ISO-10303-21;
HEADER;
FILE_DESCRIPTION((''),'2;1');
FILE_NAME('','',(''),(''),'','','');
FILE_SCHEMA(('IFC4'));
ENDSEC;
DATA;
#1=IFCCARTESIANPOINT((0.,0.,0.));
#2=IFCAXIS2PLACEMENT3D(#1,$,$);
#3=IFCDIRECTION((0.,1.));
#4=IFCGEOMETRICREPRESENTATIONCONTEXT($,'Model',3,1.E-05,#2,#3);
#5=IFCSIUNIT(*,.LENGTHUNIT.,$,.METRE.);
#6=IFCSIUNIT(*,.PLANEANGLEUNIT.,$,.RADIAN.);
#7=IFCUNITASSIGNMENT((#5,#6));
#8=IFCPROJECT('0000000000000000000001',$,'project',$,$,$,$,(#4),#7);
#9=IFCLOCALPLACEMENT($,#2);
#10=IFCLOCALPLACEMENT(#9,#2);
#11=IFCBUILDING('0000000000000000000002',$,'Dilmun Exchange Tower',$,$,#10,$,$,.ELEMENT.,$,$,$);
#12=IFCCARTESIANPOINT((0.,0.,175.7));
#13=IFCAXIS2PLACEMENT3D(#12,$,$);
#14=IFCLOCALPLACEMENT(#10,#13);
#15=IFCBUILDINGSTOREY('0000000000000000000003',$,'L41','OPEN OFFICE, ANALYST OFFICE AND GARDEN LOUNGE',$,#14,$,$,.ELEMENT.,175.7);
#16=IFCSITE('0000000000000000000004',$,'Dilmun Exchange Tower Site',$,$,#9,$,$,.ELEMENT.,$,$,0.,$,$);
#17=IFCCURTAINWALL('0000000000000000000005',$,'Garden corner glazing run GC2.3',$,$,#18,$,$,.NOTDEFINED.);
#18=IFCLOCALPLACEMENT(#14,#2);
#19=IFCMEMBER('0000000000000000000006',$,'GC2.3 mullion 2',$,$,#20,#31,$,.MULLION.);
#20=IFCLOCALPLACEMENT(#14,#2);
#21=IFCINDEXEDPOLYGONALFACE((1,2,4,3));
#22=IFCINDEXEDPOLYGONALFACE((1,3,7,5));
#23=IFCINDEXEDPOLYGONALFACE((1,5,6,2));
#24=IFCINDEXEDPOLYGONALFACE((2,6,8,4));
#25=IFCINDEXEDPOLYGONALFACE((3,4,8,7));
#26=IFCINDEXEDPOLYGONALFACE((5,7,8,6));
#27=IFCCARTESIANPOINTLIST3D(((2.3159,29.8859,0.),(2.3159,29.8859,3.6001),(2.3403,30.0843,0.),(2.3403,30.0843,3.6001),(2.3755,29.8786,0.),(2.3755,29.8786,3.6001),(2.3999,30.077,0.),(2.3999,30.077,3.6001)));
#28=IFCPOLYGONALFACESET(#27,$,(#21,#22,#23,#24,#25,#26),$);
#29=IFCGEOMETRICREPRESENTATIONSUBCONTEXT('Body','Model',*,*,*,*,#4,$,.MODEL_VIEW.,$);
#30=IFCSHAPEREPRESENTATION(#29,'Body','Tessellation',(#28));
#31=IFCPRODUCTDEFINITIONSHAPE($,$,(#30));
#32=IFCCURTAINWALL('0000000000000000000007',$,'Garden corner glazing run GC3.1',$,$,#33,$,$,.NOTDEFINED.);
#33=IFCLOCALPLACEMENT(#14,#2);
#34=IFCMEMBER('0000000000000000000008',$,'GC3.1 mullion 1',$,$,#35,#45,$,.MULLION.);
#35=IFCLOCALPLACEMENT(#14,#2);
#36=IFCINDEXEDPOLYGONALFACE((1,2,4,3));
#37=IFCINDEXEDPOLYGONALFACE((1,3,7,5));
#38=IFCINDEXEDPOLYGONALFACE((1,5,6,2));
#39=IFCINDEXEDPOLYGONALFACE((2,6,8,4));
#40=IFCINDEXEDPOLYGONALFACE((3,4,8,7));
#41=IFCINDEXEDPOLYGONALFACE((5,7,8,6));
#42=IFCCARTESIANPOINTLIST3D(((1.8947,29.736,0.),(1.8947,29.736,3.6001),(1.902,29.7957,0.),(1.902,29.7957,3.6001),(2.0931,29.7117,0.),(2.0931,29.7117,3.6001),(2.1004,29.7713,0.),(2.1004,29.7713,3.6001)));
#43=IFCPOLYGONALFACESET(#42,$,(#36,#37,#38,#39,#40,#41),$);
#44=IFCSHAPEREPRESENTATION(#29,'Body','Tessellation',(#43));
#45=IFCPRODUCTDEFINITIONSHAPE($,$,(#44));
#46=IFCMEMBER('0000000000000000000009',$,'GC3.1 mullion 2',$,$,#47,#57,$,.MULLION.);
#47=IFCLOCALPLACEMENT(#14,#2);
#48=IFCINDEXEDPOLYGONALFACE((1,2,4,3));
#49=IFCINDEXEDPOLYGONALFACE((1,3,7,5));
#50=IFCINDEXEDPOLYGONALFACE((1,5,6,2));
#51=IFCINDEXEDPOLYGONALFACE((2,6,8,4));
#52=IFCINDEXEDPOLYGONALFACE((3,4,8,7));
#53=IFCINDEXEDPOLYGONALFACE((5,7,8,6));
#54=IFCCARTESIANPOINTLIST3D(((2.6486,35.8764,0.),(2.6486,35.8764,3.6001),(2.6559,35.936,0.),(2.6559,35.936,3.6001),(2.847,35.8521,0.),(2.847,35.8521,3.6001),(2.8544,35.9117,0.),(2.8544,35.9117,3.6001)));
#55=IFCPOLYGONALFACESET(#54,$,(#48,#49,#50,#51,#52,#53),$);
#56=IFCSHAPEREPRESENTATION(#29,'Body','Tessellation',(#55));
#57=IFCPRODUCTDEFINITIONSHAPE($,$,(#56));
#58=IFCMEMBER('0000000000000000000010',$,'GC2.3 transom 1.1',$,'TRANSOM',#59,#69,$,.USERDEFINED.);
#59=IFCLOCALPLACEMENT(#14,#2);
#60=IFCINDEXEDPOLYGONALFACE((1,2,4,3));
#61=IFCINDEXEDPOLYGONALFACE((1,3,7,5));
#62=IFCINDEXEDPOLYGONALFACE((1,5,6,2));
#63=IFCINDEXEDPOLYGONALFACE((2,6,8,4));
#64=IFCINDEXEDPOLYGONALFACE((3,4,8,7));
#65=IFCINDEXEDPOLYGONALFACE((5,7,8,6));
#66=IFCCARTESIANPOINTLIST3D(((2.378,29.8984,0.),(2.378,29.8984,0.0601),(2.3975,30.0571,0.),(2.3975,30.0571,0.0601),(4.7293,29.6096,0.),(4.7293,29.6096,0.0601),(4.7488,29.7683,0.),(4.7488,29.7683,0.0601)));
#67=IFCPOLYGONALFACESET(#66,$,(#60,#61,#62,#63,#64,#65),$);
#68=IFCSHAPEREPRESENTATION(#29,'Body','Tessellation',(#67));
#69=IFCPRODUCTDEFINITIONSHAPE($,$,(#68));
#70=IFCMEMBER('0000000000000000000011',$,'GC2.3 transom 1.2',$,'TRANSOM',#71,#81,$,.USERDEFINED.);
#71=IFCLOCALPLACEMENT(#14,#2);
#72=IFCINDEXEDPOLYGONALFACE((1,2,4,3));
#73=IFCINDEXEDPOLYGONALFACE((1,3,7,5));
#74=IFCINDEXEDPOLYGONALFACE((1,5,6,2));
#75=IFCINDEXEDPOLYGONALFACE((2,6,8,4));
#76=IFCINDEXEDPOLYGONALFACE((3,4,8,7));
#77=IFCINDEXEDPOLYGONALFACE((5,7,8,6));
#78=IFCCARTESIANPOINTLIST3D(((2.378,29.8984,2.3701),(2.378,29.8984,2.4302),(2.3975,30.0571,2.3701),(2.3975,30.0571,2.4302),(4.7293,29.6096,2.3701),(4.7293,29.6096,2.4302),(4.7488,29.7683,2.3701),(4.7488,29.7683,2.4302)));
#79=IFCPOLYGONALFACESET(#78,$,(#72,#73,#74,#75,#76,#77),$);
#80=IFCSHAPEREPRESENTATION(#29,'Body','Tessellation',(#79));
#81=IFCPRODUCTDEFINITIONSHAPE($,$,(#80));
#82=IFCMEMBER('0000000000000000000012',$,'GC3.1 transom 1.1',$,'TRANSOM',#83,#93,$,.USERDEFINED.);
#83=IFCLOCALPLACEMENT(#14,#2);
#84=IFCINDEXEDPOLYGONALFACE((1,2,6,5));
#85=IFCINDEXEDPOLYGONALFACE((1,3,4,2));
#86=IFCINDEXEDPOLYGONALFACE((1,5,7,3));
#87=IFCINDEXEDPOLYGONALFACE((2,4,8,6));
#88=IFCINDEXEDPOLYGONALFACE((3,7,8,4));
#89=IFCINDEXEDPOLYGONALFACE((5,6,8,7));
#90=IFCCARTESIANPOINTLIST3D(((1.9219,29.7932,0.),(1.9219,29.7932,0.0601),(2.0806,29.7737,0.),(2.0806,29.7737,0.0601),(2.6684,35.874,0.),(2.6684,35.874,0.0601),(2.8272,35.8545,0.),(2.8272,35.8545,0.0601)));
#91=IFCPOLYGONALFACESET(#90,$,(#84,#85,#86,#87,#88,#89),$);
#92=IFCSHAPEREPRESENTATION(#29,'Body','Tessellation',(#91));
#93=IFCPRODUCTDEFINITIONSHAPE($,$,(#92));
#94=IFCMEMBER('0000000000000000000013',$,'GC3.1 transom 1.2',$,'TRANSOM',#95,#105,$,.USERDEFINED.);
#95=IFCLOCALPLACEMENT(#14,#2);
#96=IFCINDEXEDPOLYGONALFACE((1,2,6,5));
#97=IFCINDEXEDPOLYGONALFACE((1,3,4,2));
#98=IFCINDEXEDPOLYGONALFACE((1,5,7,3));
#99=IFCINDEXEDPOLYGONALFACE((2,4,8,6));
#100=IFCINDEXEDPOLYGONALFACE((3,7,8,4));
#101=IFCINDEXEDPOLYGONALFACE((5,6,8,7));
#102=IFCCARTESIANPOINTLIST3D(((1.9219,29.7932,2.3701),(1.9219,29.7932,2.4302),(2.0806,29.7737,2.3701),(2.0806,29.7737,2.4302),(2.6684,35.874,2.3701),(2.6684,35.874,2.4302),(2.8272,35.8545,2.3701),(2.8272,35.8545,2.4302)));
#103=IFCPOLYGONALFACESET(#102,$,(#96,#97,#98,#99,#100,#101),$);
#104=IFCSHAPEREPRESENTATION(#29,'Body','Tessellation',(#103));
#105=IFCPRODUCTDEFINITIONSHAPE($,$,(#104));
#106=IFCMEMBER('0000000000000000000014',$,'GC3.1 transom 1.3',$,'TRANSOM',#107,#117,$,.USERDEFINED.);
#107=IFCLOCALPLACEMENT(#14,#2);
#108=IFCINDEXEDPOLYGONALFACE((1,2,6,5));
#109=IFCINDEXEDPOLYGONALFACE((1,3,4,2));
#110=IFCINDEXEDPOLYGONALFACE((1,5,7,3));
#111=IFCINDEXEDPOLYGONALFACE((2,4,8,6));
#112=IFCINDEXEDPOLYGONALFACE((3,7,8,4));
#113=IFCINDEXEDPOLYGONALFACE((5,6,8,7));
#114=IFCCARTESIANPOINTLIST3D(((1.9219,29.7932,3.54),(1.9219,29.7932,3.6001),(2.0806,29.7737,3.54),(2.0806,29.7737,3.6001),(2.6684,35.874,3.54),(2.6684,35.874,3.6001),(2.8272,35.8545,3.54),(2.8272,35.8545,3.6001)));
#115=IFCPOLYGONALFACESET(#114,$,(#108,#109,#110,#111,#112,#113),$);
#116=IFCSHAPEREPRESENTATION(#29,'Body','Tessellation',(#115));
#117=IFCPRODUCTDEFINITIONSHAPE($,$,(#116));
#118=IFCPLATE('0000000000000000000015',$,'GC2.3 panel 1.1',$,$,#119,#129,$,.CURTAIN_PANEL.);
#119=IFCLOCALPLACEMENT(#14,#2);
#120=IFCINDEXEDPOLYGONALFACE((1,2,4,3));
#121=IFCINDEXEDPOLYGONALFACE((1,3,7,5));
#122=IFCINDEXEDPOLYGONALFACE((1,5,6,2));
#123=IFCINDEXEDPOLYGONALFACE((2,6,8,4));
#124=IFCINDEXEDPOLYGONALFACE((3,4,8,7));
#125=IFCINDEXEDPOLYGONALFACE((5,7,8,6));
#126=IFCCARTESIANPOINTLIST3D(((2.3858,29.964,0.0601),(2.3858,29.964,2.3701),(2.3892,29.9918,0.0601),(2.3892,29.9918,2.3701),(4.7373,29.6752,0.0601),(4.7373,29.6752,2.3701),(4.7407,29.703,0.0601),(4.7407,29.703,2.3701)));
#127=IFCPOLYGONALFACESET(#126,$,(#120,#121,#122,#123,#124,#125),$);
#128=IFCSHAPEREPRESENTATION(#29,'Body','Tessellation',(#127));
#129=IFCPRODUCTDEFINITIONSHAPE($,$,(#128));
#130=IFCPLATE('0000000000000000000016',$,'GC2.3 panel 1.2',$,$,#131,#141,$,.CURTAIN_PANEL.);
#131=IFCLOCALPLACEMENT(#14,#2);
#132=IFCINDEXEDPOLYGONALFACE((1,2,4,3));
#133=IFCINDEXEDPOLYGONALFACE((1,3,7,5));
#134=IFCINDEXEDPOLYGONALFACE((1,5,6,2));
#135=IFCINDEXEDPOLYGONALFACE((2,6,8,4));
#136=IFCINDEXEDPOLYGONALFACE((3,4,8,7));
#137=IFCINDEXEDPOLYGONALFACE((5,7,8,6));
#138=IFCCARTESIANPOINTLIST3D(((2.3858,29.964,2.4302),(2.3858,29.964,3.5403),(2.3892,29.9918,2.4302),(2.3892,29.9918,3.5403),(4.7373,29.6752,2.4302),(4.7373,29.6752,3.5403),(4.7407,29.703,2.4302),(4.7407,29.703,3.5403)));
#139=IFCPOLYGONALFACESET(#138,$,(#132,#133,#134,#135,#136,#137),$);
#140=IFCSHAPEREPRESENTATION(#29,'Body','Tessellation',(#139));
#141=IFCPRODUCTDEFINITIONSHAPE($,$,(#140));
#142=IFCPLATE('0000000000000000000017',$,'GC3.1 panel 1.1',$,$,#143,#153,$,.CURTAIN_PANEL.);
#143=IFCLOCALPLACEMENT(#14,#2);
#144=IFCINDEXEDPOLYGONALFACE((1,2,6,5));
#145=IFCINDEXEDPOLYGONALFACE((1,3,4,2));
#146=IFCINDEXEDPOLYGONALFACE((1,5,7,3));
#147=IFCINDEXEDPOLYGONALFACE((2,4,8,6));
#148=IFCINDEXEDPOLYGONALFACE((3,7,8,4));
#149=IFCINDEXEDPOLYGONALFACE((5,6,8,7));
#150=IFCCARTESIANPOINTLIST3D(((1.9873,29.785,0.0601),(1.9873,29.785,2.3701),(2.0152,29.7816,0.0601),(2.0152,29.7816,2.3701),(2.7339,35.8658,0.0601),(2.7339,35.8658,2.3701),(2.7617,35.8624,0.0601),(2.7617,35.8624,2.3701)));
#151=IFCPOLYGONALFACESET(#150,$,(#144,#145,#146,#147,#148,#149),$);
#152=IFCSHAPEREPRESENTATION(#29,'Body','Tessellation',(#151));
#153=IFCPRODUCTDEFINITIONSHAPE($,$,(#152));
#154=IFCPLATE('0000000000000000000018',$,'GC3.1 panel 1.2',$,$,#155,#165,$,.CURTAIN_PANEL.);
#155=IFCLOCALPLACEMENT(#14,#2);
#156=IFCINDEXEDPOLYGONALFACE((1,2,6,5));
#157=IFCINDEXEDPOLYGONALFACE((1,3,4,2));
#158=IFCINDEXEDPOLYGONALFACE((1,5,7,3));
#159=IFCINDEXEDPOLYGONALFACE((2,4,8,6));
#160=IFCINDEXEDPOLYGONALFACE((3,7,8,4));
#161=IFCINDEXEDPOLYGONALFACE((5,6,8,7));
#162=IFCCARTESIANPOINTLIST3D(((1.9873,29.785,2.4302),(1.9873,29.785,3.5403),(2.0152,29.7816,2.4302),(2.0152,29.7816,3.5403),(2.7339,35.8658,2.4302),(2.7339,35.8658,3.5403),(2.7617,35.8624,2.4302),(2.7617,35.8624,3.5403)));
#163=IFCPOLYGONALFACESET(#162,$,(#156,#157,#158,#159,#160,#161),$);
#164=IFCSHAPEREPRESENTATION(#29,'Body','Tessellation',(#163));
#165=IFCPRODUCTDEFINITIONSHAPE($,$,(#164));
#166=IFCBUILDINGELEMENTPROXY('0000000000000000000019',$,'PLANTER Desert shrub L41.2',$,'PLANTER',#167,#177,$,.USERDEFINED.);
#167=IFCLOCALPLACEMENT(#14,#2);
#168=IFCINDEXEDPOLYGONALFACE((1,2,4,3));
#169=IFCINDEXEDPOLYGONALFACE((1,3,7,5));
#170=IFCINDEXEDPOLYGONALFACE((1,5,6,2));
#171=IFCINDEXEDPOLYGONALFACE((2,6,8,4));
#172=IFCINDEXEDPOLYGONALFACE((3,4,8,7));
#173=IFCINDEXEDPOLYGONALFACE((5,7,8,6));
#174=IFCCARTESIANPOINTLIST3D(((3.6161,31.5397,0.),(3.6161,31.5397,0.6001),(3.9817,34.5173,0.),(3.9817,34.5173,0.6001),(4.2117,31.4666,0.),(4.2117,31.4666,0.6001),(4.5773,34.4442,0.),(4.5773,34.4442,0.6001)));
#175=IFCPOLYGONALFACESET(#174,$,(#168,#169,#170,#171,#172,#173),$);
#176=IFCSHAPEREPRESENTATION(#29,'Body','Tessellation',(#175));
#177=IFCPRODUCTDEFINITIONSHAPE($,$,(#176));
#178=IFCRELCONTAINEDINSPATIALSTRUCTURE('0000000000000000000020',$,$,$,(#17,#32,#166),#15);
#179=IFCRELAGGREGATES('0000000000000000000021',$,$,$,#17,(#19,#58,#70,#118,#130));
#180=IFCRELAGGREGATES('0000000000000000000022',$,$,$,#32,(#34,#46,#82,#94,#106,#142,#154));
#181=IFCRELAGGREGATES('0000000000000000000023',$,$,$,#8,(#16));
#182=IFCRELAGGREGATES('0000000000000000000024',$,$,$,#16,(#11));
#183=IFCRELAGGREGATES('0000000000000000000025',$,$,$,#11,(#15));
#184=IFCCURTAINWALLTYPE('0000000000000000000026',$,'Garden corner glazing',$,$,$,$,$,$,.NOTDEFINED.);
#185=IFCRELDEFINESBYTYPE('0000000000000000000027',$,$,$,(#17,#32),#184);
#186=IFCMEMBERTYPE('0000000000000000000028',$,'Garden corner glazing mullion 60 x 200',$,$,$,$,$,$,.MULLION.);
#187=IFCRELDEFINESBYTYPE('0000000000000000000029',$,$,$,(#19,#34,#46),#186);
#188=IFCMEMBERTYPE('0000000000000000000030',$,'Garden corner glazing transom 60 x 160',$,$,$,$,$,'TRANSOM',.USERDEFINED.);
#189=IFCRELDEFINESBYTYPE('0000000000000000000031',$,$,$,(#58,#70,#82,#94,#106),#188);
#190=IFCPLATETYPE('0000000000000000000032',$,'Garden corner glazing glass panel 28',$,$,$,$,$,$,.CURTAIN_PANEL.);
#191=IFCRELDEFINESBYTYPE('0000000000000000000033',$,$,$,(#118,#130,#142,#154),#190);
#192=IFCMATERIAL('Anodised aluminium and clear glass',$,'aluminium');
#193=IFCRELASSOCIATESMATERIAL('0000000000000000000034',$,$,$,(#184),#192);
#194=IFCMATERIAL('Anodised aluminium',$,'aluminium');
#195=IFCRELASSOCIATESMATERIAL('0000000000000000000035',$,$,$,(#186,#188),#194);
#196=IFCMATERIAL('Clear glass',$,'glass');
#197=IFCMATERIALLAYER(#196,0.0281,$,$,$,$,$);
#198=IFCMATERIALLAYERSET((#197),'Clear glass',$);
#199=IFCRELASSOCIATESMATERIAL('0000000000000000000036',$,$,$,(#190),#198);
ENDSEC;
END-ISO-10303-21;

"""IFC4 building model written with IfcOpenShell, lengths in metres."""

from ifc_helpers import new_model, si_unit, direction, frame, origin, origin_2d, place, context, subcontext, project, spatial, rectangle, extrude, material, layer, layer_set, material_profile, profile_set, type_object, element, aggregate, save


model = new_model("IFC4")

# Units and contexts
model_context = context("Model", 3, precision=1e-05, world=origin(), true_north=direction((0.0, 1.0)))
body_context = subcontext(model_context, "Body", "Model", "MODEL_VIEW")
ifc_project = project(units=[si_unit("LENGTHUNIT", "METRE"), si_unit("PLANEANGLEUNIT", "RADIAN")], contexts=[model_context])

# Site, building, storey
site_placement = place(None, origin())
site = spatial("IfcSite", under=ifc_project, at=site_placement, Name="Dilmun Exchange Tower Site", CompositionType="ELEMENT", RefElevation=0.0)
building_placement = place(site_placement, origin())
building = spatial("IfcBuilding", under=site, at=building_placement, Name="Dilmun Exchange Tower", CompositionType="ELEMENT")
storey_placement = place(building_placement, frame((0.0, 0.0, 175.7)))
storey = spatial("IfcBuildingStorey", under=building, at=storey_placement, Name="L41", Description="OPEN OFFICE, ANALYST OFFICE AND GARDEN LOUNGE", CompositionType="ELEMENT", Elevation=175.7)

# Curtain wall, member
ifc_material_1 = material(Name="Anodised aluminium and clear glass", Category="aluminium")
curtain_wall_type = type_object("IfcCurtainWallType", Name="Garden corner glazing", PredefinedType="NOTDEFINED", material=ifc_material_1)
curtain_wall_1_placement = place(storey_placement, origin())
curtain_wall_1 = element("IfcCurtainWall", 1, at=curtain_wall_1_placement, inside=storey, type_object=curtain_wall_type, Name="Garden corner glazing run GC2.3", PredefinedType="NOTDEFINED")
ifc_material_2 = material(Name="Anodised aluminium", Category="aluminium")
ifc_material_profile_1 = material_profile(ifc_material_2, rectangle(XDim=0.2, YDim=0.0601, at=origin_2d()), Name="AL 60x200")
ifc_profile_set_1 = profile_set([ifc_material_profile_1], Name="Anodised aluminium")
member_type_1 = type_object("IfcMemberType", Name="Garden corner glazing mullion 60 x 200", PredefinedType="MULLION", material=ifc_profile_set_1)
member_1_placement = place(storey_placement, frame((2.3579, 29.9814, 0.0), z_axis=(0.0, 0.0, 1.0), x_axis=(-0.121893, -0.992543, 0.0)))
member_1 = element("IfcMember", 2, at=member_1_placement, type_object=member_type_1, Name="GC2.3 mullion 2", PredefinedType="MULLION", context=body_context, shape_type="SweptSolid", body=[
    extrude(rectangle(XDim=0.2, YDim=0.0601, at=origin_2d()), origin(), (0.0, 0.0, 1.0), 3.6001),
])

# Curtain wall, members
curtain_wall_2_placement = place(storey_placement, origin())
curtain_wall_2 = element("IfcCurtainWall", 3, at=curtain_wall_2_placement, inside=storey, type_object=curtain_wall_type, Name="Garden corner glazing run GC3.1", PredefinedType="NOTDEFINED")
member_2_placement = place(storey_placement, frame((1.9976, 29.7537, 0.0), z_axis=(0.0, 0.0, 1.0), x_axis=(-0.992547, 0.121861, 0.0)))
member_2 = element("IfcMember", 4, at=member_2_placement, type_object=member_type_1, Name="GC3.1 mullion 1", PredefinedType="MULLION", context=body_context, shape_type="SweptSolid", body=[
    extrude(rectangle(XDim=0.2, YDim=0.0601, at=origin_2d()), origin(), (0.0, 0.0, 1.0), 3.6001),
])
member_3_placement = place(storey_placement, frame((2.7515, 35.894, 0.0), z_axis=(0.0, 0.0, 1.0), x_axis=(-0.992547, 0.121861, 0.0)))
member_3 = element("IfcMember", 5, at=member_3_placement, type_object=member_type_1, Name="GC3.1 mullion 2", PredefinedType="MULLION", context=body_context, shape_type="SweptSolid", body=[
    extrude(rectangle(XDim=0.2, YDim=0.0601, at=origin_2d()), origin(), (0.0, 0.0, 1.0), 3.6001),
])

# Members
ifc_material_profile_2 = material_profile(ifc_material_2, rectangle(XDim=0.1599, YDim=0.0601, at=origin_2d()), Name="AL 60x160")
ifc_profile_set_2 = profile_set([ifc_material_profile_2], Name="Anodised aluminium")
member_type_2 = type_object("IfcMemberType", Name="Garden corner glazing transom 60 x 160", ElementType="TRANSOM", PredefinedType="USERDEFINED", material=ifc_profile_set_2)
member_4_placement = place(storey_placement, frame((4.739, 29.689, 0.03), z_axis=(-0.99254, 0.121916, 0.0), x_axis=(-0.121916, -0.99254, 0.0)))
member_4 = element("IfcMember", 6, at=member_4_placement, type_object=member_type_2, Name="GC2.3 transom 1.1", ObjectType="TRANSOM", PredefinedType="USERDEFINED", context=body_context, shape_type="SweptSolid", body=[
    extrude(rectangle(XDim=0.1599, YDim=0.0601, at=origin_2d()), origin(), (0.0, 0.0, 1.0), 2.3689),
])
member_5_placement = place(storey_placement, frame((4.739, 29.689, 2.4001), z_axis=(-0.99254, 0.121916, 0.0), x_axis=(-0.121916, -0.99254, 0.0)))
member_5 = element("IfcMember", 7, at=member_5_placement, type_object=member_type_2, Name="GC2.3 transom 1.2", ObjectType="TRANSOM", PredefinedType="USERDEFINED", context=body_context, shape_type="SweptSolid", body=[
    extrude(rectangle(XDim=0.1599, YDim=0.0601, at=origin_2d()), origin(), (0.0, 0.0, 1.0), 2.3689),
])
member_6_placement = place(storey_placement, frame((2.0012, 29.7834, 0.03), z_axis=(0.121862, 0.992547, 0.0), x_axis=(-0.992547, 0.121862, 0.0)))
member_6 = element("IfcMember", 8, at=member_6_placement, type_object=member_type_2, Name="GC3.1 transom 1.1", ObjectType="TRANSOM", PredefinedType="USERDEFINED", context=body_context, shape_type="SweptSolid", body=[
    extrude(rectangle(XDim=0.1599, YDim=0.0601, at=origin_2d()), origin(), (0.0, 0.0, 1.0), 6.1265),
])
member_7_placement = place(storey_placement, frame((2.0012, 29.7834, 2.4001), z_axis=(0.121862, 0.992547, 0.0), x_axis=(-0.992547, 0.121862, 0.0)))
member_7 = element("IfcMember", 9, at=member_7_placement, type_object=member_type_2, Name="GC3.1 transom 1.2", ObjectType="TRANSOM", PredefinedType="USERDEFINED", context=body_context, shape_type="SweptSolid", body=[
    extrude(rectangle(XDim=0.1599, YDim=0.0601, at=origin_2d()), origin(), (0.0, 0.0, 1.0), 6.1265),
])
member_8_placement = place(storey_placement, frame((2.0012, 29.7834, 3.5701), z_axis=(0.121862, 0.992547, 0.0), x_axis=(-0.992547, 0.121862, 0.0)))
member_8 = element("IfcMember", 10, at=member_8_placement, type_object=member_type_2, Name="GC3.1 transom 1.3", ObjectType="TRANSOM", PredefinedType="USERDEFINED", context=body_context, shape_type="SweptSolid", body=[
    extrude(rectangle(XDim=0.1599, YDim=0.0601, at=origin_2d()), origin(), (0.0, 0.0, 1.0), 6.1265),
])

# Plates
ifc_material_3 = material(Name="Clear glass", Category="glass")
ifc_layer_1 = layer(ifc_material_3, 0.0281)
ifc_layer_set_1 = layer_set([ifc_layer_1], Name="Clear glass")
plate_type = type_object("IfcPlateType", Name="Garden corner glazing glass panel 28", PredefinedType="CURTAIN_PANEL", material=ifc_layer_set_1)
plate_1_placement = place(storey_placement, frame((3.5632, 29.8335, 0.0601), z_axis=(0.0, 0.0, 1.0), x_axis=(-0.992543, 0.121893, 0.0)))
plate_1 = element("IfcPlate", 11, at=plate_1_placement, type_object=plate_type, Name="GC2.3 panel 1.1", PredefinedType="CURTAIN_PANEL", context=body_context, shape_type="SweptSolid", body=[
    extrude(rectangle(XDim=2.3691, YDim=0.0281, at=origin_2d()), origin(), (0.0, 0.0, 1.0), 2.3101),
])
plate_2_placement = place(storey_placement, frame((3.5632, 29.8335, 2.4302), z_axis=(0.0, 0.0, 1.0), x_axis=(-0.992543, 0.121893, 0.0)))
plate_2 = element("IfcPlate", 12, at=plate_2_placement, type_object=plate_type, Name="GC2.3 panel 1.2", PredefinedType="CURTAIN_PANEL", context=body_context, shape_type="SweptSolid", body=[
    extrude(rectangle(XDim=2.3691, YDim=0.0281, at=origin_2d()), origin(), (0.0, 0.0, 1.0), 1.1101),
])
aggregate(curtain_wall_1, [member_1, member_4, member_5, plate_1, plate_2])
plate_3_placement = place(storey_placement, frame((2.3745, 32.8237, 0.0601), z_axis=(0.0, 0.0, 1.0), x_axis=(0.121861, 0.992547, 0.0)))
plate_3 = element("IfcPlate", 13, at=plate_3_placement, type_object=plate_type, Name="GC3.1 panel 1.1", PredefinedType="CURTAIN_PANEL", context=body_context, shape_type="SweptSolid", body=[
    extrude(rectangle(XDim=6.1265, YDim=0.0281, at=origin_2d()), origin(), (0.0, 0.0, 1.0), 2.3101),
])
plate_4_placement = place(storey_placement, frame((2.3745, 32.8237, 2.4302), z_axis=(0.0, 0.0, 1.0), x_axis=(0.121861, 0.992547, 0.0)))
plate_4 = element("IfcPlate", 14, at=plate_4_placement, type_object=plate_type, Name="GC3.1 panel 1.2", PredefinedType="CURTAIN_PANEL", context=body_context, shape_type="SweptSolid", body=[
    extrude(rectangle(XDim=6.1265, YDim=0.0281, at=origin_2d()), origin(), (0.0, 0.0, 1.0), 1.1101),
])
aggregate(curtain_wall_2, [member_2, member_3, member_6, member_7, member_8, plate_3, plate_4])

# Building element proxy
proxy_placement = place(storey_placement, frame((4.0967, 32.9919, 0.0), z_axis=(0.0, 0.0, 1.0), x_axis=(0.121869, 0.992546, 0.0)))
element("IfcBuildingElementProxy", 15, at=proxy_placement, inside=storey, Name="PLANTER Desert shrub L41.2", ObjectType="PLANTER", PredefinedType="USERDEFINED", context=body_context, shape_type="SweptSolid", body=[
    extrude(rectangle(XDim=3.0, YDim=0.6001, at=origin_2d()), origin(), (0.0, 0.0, 1.0), 0.6001),
])

save(model, "model.ifc")
